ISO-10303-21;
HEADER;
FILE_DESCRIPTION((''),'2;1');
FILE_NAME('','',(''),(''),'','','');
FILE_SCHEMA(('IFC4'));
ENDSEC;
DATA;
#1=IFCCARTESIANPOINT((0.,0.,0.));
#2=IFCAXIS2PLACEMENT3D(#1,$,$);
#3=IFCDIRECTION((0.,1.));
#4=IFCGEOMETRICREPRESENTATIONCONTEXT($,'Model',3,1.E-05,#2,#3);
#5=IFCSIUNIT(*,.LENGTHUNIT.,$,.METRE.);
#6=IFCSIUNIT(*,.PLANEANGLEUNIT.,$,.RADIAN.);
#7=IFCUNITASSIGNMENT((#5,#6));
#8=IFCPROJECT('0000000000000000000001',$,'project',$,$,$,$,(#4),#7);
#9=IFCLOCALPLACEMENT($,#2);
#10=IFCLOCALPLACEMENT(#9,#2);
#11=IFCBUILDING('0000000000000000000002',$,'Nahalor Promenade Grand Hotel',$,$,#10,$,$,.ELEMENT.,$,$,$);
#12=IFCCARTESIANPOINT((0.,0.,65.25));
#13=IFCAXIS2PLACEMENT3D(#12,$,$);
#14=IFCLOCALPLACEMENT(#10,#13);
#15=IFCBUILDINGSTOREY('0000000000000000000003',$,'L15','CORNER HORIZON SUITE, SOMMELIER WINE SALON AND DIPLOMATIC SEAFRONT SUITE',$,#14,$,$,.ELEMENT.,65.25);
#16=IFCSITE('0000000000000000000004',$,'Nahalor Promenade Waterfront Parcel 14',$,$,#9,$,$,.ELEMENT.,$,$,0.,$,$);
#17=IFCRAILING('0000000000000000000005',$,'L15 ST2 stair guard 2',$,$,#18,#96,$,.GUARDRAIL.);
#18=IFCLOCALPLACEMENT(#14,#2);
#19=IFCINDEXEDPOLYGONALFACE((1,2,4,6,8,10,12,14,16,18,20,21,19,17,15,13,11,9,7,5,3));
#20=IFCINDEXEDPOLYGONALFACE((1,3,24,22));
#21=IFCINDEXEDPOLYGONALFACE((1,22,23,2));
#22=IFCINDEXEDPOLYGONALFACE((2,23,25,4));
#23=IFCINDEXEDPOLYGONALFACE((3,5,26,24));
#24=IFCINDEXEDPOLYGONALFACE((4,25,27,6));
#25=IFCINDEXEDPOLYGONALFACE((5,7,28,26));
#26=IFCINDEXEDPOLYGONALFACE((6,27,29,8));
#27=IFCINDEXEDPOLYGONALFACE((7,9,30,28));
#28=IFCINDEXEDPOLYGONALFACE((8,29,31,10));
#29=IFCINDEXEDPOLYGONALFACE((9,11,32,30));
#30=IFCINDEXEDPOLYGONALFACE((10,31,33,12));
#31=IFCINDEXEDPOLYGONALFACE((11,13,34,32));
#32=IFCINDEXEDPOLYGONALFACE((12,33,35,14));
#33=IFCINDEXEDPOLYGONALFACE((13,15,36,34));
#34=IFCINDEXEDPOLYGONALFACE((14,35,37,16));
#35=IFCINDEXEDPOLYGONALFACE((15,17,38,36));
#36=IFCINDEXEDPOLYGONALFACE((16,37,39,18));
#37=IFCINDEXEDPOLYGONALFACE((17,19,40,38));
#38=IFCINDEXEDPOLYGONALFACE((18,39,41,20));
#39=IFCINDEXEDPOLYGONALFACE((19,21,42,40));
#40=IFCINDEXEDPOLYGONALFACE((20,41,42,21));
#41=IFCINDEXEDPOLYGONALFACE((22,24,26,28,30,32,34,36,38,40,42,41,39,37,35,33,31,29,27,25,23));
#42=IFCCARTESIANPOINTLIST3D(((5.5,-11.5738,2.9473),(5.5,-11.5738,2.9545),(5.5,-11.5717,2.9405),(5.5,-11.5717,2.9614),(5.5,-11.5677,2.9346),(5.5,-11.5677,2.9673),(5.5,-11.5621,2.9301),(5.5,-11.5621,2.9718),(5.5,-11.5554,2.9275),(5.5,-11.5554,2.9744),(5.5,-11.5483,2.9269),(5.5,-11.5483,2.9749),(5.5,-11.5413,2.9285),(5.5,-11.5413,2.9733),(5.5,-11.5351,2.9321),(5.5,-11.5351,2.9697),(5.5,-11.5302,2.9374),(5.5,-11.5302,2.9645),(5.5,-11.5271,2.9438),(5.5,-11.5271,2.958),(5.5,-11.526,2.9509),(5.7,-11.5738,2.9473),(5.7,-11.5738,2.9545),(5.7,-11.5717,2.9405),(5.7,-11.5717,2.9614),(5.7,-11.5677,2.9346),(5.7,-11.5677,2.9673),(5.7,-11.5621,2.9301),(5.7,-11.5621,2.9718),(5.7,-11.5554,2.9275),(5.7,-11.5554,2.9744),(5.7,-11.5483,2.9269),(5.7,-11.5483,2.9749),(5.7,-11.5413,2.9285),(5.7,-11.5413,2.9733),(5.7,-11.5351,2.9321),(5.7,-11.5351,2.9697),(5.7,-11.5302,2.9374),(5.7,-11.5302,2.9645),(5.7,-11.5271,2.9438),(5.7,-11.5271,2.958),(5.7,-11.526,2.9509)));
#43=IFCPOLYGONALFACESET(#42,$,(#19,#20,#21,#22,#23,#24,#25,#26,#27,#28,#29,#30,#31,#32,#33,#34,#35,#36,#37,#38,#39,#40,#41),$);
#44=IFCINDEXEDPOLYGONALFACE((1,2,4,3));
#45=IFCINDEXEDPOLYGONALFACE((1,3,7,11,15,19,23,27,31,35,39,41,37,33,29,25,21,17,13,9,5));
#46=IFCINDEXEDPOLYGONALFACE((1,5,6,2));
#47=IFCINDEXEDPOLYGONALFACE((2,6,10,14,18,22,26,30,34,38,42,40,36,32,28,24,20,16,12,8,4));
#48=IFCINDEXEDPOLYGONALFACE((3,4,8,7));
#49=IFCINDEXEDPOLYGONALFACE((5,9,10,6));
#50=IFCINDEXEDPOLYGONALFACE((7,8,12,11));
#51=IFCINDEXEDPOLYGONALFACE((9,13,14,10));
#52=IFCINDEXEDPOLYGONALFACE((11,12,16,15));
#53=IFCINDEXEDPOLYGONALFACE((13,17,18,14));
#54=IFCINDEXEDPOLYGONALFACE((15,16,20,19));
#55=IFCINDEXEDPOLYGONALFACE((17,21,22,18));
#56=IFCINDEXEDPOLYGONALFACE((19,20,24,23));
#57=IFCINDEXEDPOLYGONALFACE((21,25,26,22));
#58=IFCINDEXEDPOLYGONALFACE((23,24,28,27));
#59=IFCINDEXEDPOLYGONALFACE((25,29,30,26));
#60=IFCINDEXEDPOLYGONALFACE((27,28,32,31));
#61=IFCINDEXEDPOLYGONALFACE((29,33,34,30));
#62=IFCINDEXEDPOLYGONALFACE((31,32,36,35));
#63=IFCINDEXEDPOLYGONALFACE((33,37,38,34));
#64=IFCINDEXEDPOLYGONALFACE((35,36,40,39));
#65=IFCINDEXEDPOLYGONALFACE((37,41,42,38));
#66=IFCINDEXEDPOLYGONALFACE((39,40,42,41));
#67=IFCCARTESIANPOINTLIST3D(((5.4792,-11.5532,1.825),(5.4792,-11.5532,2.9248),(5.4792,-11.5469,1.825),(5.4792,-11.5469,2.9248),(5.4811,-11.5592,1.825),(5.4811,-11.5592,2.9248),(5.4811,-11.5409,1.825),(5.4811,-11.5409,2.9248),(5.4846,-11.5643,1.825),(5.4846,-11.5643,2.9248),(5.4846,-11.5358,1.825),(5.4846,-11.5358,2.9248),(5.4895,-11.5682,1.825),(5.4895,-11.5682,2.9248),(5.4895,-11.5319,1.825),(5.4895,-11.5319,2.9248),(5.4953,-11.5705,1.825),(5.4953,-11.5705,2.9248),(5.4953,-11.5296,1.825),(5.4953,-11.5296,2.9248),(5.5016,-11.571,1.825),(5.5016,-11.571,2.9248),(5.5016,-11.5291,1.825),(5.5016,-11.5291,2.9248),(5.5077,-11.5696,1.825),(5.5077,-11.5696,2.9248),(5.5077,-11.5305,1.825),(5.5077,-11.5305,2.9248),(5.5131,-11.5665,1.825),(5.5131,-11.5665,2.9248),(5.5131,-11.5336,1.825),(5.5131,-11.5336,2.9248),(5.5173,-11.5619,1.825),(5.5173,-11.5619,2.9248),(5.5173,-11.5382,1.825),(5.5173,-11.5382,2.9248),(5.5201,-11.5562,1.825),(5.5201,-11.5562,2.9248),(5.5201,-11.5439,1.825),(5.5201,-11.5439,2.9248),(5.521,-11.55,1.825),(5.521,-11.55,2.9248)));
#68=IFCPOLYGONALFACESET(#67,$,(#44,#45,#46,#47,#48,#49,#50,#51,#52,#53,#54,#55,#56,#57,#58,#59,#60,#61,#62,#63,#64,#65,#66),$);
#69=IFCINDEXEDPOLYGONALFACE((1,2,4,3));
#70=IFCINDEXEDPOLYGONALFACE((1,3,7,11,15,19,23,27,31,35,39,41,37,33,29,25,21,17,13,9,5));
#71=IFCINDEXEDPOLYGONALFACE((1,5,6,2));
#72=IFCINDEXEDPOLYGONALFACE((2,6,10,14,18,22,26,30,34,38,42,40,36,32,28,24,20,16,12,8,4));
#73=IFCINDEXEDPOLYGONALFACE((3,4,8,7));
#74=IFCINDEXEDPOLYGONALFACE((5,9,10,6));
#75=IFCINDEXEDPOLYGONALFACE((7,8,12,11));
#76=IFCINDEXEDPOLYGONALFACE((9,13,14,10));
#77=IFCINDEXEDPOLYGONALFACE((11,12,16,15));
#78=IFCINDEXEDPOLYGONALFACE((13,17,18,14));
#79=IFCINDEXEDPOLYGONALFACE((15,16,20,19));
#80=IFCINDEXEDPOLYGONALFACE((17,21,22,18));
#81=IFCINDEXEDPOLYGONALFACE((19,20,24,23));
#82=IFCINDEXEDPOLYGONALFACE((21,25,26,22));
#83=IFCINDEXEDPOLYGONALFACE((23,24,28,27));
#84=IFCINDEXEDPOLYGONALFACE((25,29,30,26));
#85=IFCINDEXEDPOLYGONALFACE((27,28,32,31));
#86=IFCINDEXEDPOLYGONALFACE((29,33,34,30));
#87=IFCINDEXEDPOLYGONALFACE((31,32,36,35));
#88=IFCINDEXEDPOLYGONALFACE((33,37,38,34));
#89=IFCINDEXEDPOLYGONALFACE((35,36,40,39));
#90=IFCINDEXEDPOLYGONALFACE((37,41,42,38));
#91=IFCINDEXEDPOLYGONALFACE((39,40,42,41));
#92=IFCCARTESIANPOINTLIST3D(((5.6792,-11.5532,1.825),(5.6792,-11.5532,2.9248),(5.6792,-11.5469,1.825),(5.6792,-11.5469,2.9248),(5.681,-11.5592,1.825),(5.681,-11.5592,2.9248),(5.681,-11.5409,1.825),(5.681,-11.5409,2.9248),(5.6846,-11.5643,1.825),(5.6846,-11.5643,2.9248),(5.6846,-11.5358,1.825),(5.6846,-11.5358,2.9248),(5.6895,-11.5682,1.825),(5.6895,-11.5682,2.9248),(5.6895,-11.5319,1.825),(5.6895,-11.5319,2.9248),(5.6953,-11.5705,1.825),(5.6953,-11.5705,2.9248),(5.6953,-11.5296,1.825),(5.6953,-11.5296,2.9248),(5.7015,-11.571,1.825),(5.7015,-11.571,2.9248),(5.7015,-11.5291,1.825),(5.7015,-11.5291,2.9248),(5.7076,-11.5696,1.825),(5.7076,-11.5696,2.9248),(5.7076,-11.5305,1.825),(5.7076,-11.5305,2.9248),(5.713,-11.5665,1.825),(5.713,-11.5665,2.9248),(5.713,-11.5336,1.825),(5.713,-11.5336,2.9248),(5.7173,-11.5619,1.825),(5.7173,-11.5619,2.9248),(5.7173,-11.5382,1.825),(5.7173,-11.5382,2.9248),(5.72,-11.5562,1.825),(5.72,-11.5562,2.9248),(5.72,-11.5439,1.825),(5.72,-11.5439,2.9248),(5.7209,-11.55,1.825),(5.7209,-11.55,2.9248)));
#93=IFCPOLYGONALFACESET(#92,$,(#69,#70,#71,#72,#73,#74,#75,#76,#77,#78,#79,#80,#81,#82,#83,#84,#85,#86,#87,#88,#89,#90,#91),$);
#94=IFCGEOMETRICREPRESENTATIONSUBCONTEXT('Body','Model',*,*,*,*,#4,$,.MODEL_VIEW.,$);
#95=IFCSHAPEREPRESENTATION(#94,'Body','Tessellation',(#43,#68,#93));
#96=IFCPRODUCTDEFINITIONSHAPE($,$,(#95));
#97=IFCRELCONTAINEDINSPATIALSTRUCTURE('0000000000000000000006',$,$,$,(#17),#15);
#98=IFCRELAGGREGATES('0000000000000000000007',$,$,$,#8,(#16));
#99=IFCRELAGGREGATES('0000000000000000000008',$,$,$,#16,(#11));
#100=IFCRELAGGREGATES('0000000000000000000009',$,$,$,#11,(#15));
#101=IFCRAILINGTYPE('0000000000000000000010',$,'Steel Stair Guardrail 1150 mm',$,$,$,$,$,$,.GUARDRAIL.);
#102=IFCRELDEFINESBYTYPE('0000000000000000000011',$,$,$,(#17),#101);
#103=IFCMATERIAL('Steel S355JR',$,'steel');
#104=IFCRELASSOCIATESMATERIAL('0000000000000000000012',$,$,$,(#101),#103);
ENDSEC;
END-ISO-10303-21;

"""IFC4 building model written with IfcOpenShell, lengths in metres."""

from ifc_helpers import new_model, si_unit, direction, frame, origin, origin_2d, place, context, subcontext, project, spatial, circle, extrude, material, type_object, element, save


model = new_model("IFC4")

# Units and contexts
model_context = context("Model", 3, precision=1e-05, world=origin(), true_north=direction((0.0, 1.0)))
body_context = subcontext(model_context, "Body", "Model", "MODEL_VIEW")
ifc_project = project(units=[si_unit("LENGTHUNIT", "METRE"), si_unit("PLANEANGLEUNIT", "RADIAN")], contexts=[model_context])

# Site, building, storey
site_placement = place(None, origin())
site = spatial("IfcSite", under=ifc_project, at=site_placement, Name="Nahalor Promenade Waterfront Parcel 14", CompositionType="ELEMENT", RefElevation=0.0)
building_placement = place(site_placement, origin())
building = spatial("IfcBuilding", under=site, at=building_placement, Name="Nahalor Promenade Grand Hotel", CompositionType="ELEMENT")
storey_placement = place(building_placement, frame((0.0, 0.0, 65.25)))
storey = spatial("IfcBuildingStorey", under=building, at=storey_placement, Name="L15", Description="CORNER HORIZON SUITE, SOMMELIER WINE SALON AND DIPLOMATIC SEAFRONT SUITE", CompositionType="ELEMENT", Elevation=65.25)

# Shared definitions
ifc_material_1 = material(Name="Steel S355JR", Category="steel")

# Railing
railing_type_1 = type_object("IfcRailingType", Name="Steel Stair Guardrail 1150 mm", PredefinedType="GUARDRAIL", material=ifc_material_1)
railing_1_placement = place(storey_placement, frame((5.5, -11.55, 1.825)))
element("IfcRailing", 1, at=railing_1_placement, inside=storey, type_object=railing_type_1, Name="L15 ST2 stair guard 2", PredefinedType="GUARDRAIL", context=body_context, shape_type="SweptSolid", body=[
    extrude(circle(Radius=0.024, at=origin_2d()), frame((0.0, 0.0, 1.126), z_axis=(1.0, 0.0, 0.0), x_axis=(0.0, 1.0, 0.0)), (0.0, 0.0, 1.0), 0.2),
    extrude(circle(Radius=0.021, at=origin_2d()), origin(), (0.0, 0.0, 1.0), 1.0999),
    extrude(circle(Radius=0.021, at=origin_2d()), frame((0.2, 0.0, 0.0)), (0.0, 0.0, 1.0), 1.0999),
])

save(model, "model.ifc")
